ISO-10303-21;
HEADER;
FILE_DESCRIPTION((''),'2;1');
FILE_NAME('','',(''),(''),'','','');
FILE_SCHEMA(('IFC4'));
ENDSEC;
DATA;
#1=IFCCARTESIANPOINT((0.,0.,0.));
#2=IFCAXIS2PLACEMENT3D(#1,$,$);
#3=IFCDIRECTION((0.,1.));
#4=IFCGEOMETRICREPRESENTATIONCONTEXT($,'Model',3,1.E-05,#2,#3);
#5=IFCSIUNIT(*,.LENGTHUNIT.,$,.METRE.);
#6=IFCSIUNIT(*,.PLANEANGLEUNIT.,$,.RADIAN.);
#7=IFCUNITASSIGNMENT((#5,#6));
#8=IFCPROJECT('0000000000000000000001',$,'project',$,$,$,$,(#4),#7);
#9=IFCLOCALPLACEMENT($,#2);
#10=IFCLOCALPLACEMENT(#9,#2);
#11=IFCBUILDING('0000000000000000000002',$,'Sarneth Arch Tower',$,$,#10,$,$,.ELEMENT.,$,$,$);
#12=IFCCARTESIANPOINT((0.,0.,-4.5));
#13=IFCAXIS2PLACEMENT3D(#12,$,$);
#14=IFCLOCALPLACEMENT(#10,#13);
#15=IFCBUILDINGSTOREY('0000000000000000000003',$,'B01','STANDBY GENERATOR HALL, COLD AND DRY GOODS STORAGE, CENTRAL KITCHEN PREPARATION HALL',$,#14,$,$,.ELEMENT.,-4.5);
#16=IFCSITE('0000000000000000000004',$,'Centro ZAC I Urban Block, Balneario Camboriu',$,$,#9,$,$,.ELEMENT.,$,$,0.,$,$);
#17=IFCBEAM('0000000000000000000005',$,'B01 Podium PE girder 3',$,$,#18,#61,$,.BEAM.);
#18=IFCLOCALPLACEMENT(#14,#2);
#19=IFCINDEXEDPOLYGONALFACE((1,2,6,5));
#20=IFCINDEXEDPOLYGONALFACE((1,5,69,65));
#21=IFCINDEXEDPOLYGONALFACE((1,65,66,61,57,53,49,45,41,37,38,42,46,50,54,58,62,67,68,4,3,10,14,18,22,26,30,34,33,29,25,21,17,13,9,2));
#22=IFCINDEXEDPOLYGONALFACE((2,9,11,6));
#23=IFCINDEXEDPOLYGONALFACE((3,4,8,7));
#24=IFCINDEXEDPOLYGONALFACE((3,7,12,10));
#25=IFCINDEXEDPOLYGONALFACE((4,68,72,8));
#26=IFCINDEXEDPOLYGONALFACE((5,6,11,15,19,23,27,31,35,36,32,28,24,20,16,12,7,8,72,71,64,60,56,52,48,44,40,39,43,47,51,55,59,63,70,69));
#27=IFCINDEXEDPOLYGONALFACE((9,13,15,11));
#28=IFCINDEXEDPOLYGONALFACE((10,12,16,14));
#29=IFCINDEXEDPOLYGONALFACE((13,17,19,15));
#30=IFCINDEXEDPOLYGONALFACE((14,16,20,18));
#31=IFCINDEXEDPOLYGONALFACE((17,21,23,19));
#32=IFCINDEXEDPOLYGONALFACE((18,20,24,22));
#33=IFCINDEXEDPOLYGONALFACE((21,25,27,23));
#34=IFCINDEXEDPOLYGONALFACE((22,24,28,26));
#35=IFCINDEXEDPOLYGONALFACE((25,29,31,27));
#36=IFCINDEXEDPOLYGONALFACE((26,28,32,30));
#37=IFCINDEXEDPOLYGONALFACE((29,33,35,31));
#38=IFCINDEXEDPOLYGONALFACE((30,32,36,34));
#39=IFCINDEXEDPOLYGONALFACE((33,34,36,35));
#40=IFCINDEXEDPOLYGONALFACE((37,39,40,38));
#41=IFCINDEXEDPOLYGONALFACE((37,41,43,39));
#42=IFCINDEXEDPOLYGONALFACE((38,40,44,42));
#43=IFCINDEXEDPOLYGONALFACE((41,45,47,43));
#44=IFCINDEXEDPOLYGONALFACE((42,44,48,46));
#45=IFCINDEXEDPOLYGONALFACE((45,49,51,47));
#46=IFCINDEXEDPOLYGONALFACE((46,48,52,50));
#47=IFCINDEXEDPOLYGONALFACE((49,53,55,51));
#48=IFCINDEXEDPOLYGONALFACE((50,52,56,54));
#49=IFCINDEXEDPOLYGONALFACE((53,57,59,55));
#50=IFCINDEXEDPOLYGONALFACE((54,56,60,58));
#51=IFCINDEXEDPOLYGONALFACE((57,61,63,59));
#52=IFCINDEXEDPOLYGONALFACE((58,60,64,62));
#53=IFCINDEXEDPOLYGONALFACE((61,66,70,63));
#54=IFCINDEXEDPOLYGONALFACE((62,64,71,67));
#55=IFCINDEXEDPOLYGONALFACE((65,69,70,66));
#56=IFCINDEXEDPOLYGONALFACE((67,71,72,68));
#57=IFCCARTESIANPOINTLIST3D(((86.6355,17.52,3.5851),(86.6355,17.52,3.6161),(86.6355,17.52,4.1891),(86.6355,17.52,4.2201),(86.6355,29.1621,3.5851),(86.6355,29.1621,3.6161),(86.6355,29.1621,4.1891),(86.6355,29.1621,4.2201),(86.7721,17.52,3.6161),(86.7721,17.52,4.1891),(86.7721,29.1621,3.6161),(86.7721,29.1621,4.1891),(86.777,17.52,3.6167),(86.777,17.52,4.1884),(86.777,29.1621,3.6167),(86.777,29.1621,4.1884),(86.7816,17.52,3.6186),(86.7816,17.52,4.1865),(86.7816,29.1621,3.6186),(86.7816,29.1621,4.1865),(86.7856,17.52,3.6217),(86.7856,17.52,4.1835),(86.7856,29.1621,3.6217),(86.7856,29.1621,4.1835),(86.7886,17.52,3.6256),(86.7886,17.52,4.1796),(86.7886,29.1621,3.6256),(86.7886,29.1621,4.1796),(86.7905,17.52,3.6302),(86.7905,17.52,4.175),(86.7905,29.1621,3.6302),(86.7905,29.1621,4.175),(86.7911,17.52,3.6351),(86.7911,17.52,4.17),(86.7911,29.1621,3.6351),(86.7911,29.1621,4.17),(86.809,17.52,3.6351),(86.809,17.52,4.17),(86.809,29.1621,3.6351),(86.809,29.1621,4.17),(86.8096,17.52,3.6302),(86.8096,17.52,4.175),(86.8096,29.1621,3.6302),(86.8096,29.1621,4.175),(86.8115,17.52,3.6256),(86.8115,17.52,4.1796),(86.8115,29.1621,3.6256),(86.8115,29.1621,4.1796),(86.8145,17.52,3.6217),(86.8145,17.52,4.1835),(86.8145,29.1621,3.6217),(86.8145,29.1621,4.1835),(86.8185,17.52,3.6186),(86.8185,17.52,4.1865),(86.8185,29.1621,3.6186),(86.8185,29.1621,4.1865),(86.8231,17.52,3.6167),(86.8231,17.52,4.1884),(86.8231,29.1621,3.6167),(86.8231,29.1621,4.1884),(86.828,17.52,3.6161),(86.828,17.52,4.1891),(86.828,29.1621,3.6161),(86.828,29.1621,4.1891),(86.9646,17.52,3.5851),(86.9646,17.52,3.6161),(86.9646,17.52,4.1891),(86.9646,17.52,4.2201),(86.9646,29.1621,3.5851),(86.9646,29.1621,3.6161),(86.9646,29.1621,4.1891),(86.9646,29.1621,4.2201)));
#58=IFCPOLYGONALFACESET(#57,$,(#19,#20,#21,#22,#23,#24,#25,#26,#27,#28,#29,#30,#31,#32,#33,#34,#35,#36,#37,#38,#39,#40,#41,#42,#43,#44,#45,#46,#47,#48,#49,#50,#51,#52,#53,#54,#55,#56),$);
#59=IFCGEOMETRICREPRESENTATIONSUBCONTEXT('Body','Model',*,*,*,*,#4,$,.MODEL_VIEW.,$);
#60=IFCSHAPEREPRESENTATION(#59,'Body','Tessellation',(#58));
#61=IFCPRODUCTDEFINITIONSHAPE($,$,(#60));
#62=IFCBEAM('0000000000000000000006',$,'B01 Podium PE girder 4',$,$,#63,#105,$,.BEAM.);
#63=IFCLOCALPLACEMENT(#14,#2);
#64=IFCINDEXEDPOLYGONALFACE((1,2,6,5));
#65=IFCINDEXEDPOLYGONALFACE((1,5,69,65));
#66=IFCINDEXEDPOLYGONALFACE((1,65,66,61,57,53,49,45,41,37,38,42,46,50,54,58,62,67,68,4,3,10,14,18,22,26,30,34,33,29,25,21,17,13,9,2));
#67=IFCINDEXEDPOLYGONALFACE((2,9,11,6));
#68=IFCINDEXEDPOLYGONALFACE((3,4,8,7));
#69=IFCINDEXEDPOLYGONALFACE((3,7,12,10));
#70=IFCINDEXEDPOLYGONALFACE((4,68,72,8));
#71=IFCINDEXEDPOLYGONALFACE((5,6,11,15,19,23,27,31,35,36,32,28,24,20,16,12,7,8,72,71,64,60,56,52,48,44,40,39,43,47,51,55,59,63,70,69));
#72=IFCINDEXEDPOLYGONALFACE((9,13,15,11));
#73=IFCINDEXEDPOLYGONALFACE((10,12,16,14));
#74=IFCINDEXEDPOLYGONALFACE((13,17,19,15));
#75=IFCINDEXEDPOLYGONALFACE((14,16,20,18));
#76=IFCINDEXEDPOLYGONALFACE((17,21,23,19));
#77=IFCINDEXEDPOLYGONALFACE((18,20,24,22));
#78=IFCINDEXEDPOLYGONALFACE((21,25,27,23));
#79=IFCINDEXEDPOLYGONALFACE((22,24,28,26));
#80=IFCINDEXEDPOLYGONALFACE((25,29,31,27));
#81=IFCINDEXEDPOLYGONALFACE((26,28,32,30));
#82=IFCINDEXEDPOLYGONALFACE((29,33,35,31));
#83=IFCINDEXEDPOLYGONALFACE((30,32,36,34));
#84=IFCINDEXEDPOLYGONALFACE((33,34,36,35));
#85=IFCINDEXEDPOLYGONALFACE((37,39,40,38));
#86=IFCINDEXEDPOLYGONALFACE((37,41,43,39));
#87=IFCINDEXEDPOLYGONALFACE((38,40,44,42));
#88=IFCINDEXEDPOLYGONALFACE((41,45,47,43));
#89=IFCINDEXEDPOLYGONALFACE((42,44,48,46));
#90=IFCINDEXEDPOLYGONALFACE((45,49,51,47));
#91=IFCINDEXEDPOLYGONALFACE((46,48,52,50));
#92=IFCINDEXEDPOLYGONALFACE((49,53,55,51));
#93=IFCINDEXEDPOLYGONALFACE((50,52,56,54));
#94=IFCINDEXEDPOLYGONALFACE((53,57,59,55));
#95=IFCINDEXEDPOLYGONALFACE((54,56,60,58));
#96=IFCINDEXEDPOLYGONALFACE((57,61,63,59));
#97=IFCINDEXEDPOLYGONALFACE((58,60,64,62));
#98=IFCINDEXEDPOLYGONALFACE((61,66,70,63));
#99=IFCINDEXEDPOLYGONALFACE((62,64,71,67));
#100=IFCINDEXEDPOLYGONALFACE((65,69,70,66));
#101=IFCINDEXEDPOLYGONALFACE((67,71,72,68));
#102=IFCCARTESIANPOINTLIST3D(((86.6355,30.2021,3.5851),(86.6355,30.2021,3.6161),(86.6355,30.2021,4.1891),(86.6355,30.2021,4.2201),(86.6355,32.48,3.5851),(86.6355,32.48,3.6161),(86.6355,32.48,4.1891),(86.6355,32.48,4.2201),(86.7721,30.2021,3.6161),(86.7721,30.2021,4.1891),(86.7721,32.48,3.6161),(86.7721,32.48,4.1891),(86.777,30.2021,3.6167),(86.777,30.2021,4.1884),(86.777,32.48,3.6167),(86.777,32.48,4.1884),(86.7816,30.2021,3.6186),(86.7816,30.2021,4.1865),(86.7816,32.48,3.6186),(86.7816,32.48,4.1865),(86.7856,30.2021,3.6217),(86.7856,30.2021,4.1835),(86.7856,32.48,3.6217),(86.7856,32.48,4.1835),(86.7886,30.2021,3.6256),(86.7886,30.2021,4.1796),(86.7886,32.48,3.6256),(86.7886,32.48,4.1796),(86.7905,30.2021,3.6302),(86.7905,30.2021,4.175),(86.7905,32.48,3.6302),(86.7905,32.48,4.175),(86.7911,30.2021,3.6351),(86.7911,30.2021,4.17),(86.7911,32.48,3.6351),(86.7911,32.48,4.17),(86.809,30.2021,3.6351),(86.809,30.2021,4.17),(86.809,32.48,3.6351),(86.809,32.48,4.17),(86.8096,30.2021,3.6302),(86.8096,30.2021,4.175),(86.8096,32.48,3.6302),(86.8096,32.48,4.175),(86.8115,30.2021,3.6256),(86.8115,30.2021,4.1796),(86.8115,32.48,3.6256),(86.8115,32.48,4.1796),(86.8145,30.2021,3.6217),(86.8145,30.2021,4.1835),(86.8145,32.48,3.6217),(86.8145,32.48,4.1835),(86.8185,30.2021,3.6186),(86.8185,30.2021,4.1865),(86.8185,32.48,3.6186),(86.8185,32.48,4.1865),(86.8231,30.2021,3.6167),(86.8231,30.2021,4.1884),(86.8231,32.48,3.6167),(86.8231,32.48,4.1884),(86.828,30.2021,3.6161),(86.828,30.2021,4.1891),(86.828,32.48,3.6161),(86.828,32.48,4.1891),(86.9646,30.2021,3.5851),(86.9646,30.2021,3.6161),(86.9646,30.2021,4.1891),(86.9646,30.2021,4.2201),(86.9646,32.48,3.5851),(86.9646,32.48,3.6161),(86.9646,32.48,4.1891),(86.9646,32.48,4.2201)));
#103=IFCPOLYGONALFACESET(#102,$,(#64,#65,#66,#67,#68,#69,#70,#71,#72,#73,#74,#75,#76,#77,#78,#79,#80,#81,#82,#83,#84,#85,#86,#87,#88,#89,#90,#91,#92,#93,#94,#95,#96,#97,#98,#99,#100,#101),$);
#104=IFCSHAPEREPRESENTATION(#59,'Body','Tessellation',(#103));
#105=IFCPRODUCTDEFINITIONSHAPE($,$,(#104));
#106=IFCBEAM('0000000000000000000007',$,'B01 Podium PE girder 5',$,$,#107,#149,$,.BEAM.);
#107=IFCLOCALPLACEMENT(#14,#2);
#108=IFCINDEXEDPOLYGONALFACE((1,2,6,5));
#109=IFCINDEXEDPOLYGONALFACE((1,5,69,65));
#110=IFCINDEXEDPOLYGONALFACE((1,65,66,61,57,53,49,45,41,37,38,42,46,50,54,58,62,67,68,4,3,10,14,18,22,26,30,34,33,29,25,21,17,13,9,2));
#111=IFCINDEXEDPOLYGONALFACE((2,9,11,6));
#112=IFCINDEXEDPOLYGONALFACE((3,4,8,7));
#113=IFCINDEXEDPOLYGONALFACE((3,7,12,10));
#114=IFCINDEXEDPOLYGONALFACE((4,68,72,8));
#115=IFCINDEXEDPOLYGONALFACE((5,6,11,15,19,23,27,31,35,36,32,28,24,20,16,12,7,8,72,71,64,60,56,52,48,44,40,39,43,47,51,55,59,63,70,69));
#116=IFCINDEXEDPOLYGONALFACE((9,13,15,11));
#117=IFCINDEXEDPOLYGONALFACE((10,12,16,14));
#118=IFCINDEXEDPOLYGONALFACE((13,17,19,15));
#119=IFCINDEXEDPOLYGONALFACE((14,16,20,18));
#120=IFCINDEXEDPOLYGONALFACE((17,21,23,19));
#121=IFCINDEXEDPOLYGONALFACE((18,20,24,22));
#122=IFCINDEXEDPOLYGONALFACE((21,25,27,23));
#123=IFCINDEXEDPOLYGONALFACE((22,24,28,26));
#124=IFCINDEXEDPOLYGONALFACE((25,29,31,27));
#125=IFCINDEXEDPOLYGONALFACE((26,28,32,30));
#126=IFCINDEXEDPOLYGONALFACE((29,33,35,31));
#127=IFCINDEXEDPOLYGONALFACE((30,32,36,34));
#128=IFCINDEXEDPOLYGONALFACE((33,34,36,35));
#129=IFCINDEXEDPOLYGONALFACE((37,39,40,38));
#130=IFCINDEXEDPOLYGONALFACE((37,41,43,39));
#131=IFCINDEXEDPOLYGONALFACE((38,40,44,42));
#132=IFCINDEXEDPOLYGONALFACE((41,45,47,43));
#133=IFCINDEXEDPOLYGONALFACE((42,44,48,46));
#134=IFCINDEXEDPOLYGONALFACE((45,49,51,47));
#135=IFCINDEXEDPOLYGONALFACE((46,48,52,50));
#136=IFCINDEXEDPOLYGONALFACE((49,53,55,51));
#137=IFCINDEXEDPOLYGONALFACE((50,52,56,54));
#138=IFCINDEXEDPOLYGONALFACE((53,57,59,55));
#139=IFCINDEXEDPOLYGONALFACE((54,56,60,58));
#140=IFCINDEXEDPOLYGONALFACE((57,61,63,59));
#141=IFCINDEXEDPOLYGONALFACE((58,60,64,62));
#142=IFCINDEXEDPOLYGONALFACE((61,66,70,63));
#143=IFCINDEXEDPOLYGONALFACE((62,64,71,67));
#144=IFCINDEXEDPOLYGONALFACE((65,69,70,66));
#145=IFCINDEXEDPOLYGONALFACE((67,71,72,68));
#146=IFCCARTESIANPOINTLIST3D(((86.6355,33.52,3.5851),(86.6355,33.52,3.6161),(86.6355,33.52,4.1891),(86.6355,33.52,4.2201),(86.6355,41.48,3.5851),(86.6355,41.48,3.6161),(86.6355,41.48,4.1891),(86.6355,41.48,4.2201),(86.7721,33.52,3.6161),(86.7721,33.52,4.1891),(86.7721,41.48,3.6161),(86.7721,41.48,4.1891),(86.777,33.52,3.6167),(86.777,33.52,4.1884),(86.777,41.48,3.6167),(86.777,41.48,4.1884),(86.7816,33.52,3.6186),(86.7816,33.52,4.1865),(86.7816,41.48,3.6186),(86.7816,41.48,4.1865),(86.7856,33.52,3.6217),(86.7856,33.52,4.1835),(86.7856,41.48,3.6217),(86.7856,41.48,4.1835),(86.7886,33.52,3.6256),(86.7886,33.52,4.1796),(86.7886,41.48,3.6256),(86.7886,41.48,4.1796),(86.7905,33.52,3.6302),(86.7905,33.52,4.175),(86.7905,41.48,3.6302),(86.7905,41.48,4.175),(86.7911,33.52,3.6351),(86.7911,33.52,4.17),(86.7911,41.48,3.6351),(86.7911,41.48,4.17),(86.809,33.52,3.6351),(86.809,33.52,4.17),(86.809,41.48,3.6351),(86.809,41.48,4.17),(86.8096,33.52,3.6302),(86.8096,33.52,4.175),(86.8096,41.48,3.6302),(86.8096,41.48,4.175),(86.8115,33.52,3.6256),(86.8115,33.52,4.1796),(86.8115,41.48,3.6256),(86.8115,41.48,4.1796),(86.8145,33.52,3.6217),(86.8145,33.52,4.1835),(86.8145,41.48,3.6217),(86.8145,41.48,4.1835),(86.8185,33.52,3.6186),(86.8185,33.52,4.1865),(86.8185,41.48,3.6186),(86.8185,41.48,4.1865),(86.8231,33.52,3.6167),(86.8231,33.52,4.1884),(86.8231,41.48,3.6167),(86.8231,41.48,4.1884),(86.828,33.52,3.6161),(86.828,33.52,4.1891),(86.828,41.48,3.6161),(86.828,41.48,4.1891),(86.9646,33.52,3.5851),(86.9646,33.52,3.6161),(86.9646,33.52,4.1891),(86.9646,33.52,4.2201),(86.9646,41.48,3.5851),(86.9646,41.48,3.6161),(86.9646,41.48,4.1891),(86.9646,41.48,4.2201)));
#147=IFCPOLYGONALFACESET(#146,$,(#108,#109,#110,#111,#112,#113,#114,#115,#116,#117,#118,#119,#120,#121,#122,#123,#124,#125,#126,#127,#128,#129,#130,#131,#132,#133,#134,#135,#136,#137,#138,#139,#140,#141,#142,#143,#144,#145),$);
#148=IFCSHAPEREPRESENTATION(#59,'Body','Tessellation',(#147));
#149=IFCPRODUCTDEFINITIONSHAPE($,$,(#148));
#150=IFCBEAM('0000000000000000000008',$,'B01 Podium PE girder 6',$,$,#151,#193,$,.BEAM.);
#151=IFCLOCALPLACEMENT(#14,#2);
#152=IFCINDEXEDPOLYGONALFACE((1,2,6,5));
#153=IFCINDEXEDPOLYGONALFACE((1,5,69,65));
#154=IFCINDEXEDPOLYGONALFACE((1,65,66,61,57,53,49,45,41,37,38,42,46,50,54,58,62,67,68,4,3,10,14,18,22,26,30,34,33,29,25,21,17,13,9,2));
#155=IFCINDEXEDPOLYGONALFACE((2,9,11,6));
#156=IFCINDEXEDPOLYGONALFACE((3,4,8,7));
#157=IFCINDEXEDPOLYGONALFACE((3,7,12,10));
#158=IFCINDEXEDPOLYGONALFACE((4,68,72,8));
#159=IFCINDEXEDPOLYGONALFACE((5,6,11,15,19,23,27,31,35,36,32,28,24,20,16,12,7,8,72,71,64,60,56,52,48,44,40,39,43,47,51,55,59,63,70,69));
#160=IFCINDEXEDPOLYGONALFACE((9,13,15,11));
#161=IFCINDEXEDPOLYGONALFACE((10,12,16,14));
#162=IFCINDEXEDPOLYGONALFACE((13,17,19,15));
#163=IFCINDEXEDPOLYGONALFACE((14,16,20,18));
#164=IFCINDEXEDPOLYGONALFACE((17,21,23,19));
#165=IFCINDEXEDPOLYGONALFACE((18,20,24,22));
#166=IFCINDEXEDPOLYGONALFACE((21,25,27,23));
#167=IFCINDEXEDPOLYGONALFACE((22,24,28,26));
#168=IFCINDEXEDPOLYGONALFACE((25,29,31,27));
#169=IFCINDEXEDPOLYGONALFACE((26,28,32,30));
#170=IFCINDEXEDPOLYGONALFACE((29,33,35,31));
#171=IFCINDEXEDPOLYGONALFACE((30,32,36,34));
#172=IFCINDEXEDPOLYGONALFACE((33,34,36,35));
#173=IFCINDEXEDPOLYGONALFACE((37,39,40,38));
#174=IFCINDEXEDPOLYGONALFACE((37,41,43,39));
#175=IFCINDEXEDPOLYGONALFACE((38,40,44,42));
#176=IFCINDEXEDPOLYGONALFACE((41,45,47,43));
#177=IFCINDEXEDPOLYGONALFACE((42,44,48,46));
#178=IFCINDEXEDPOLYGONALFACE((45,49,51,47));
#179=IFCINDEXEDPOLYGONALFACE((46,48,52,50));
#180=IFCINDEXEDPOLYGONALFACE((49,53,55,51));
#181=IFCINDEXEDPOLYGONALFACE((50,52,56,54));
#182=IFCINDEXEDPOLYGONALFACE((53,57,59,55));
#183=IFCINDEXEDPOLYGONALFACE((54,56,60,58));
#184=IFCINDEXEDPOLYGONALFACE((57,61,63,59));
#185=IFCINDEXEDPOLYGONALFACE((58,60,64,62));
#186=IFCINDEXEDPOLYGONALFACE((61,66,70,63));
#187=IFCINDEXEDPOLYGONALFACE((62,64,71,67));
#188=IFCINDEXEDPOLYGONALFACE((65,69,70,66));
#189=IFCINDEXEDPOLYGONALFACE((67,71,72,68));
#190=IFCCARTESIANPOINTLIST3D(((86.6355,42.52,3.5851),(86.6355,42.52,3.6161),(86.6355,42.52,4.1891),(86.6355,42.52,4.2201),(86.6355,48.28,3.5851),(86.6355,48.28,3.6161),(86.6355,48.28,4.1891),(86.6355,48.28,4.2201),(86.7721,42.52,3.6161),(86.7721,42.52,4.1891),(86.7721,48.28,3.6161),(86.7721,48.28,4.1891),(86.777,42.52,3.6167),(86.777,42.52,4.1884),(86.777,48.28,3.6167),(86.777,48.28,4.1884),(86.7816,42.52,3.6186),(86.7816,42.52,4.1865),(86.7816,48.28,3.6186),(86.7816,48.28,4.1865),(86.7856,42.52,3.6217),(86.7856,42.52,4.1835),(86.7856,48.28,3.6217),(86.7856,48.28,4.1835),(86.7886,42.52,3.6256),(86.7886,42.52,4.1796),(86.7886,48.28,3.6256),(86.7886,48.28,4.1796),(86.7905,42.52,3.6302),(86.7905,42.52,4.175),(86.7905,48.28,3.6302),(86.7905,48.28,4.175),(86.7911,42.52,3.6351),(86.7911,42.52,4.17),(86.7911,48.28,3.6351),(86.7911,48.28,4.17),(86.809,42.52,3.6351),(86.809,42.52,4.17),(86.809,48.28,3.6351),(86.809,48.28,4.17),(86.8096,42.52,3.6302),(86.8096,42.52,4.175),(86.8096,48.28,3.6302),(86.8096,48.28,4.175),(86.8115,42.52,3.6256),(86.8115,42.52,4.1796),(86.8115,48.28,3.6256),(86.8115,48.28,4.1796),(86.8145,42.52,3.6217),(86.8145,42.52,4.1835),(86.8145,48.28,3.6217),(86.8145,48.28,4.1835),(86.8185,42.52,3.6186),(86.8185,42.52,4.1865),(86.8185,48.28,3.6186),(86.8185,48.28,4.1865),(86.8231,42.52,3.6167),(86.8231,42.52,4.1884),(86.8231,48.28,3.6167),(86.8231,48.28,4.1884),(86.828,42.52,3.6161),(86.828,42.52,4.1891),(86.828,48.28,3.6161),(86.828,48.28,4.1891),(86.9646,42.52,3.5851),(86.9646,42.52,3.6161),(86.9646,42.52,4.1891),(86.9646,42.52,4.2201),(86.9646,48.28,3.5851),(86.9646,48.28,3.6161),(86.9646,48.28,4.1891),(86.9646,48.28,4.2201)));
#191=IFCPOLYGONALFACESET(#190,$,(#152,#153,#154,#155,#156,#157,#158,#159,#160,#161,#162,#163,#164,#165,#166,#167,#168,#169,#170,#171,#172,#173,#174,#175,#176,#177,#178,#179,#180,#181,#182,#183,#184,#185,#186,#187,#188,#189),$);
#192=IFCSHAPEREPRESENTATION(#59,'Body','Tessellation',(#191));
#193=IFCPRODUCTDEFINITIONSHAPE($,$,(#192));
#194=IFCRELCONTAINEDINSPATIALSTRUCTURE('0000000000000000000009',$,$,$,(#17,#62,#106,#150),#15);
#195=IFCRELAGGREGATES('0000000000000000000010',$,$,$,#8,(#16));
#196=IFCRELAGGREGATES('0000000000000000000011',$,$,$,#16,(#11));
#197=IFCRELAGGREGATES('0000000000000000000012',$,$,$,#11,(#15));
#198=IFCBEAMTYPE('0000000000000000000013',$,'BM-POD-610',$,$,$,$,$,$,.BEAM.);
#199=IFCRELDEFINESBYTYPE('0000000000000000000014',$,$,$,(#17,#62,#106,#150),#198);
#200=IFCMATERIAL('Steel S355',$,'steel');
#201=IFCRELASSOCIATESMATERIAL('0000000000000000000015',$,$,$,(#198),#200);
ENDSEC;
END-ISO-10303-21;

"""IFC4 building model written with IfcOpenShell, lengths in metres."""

from ifc_helpers import new_model, si_unit, direction, frame, origin, origin_2d, place, context, subcontext, project, spatial, i_section, extrude, material, material_profile, profile_set, type_object, element, save


model = new_model("IFC4")

# Units and contexts
model_context = context("Model", 3, precision=1e-05, world=origin(), true_north=direction((0.0, 1.0)))
body_context = subcontext(model_context, "Body", "Model", "MODEL_VIEW")
ifc_project = project(units=[si_unit("LENGTHUNIT", "METRE"), si_unit("PLANEANGLEUNIT", "RADIAN")], contexts=[model_context])

# Site, building, storey
site_placement = place(None, origin())
site = spatial("IfcSite", under=ifc_project, at=site_placement, Name="Centro ZAC I Urban Block, Balneario Camboriu", CompositionType="ELEMENT", RefElevation=0.0)
building_placement = place(site_placement, origin())
building = spatial("IfcBuilding", under=site, at=building_placement, Name="Sarneth Arch Tower", CompositionType="ELEMENT")
storey_placement = place(building_placement, frame((0.0, 0.0, -4.5)))
storey = spatial("IfcBuildingStorey", under=building, at=storey_placement, Name="B01", Description="STANDBY GENERATOR HALL, COLD AND DRY GOODS STORAGE, CENTRAL KITCHEN PREPARATION HALL", CompositionType="ELEMENT", Elevation=-4.5)

# Beams
ifc_material_1 = material(Name="Steel S355", Category="steel")
ifc_material_profile_1 = material_profile(ifc_material_1, i_section(OverallWidth=0.3291, OverallDepth=0.635, WebThickness=0.0178, FlangeThickness=0.031, FilletRadius=0.019, at=origin_2d()), Name="W610x241")
ifc_profile_set_1 = profile_set([ifc_material_profile_1], Name="Steel S355")
beam_type = type_object("IfcBeamType", Name="BM-POD-610", PredefinedType="BEAM", material=ifc_profile_set_1)
beam_1_placement = place(storey_placement, frame((86.8, 17.52, 3.9026), z_axis=(0.0, 1.0, 0.0), x_axis=(-1.0, 0.0, 0.0)))
element("IfcBeam", 1, at=beam_1_placement, inside=storey, type_object=beam_type, Name="B01 Podium PE girder 3", PredefinedType="BEAM", context=body_context, shape_type="SweptSolid", body=[
    extrude(i_section(OverallWidth=0.3291, OverallDepth=0.635, WebThickness=0.0178, FlangeThickness=0.031, FilletRadius=0.019, at=origin_2d()), origin(), (0.0, 0.0, 1.0), 11.6421),
])
beam_2_placement = place(storey_placement, frame((86.8, 30.2021, 3.9026), z_axis=(0.0, 1.0, 0.0), x_axis=(-1.0, 0.0, 0.0)))
element("IfcBeam", 2, at=beam_2_placement, inside=storey, type_object=beam_type, Name="B01 Podium PE girder 4", PredefinedType="BEAM", context=body_context, shape_type="SweptSolid", body=[
    extrude(i_section(OverallWidth=0.3291, OverallDepth=0.635, WebThickness=0.0178, FlangeThickness=0.031, FilletRadius=0.019, at=origin_2d()), origin(), (0.0, 0.0, 1.0), 2.2778),
])
beam_3_placement = place(storey_placement, frame((86.8, 33.52, 3.9026), z_axis=(0.0, 1.0, 0.0), x_axis=(-1.0, 0.0, 0.0)))
element("IfcBeam", 3, at=beam_3_placement, inside=storey, type_object=beam_type, Name="B01 Podium PE girder 5", PredefinedType="BEAM", context=body_context, shape_type="SweptSolid", body=[
    extrude(i_section(OverallWidth=0.3291, OverallDepth=0.635, WebThickness=0.0178, FlangeThickness=0.031, FilletRadius=0.019, at=origin_2d()), origin(), (0.0, 0.0, 1.0), 7.96),
])
beam_4_placement = place(storey_placement, frame((86.8, 42.52, 3.9026), z_axis=(0.0, 1.0, 0.0), x_axis=(-1.0, 0.0, 0.0)))
element("IfcBeam", 4, at=beam_4_placement, inside=storey, type_object=beam_type, Name="B01 Podium PE girder 6", PredefinedType="BEAM", context=body_context, shape_type="SweptSolid", body=[
    extrude(i_section(OverallWidth=0.3291, OverallDepth=0.635, WebThickness=0.0178, FlangeThickness=0.031, FilletRadius=0.019, at=origin_2d()), origin(), (0.0, 0.0, 1.0), 5.76),
])

save(model, "model.ifc")
